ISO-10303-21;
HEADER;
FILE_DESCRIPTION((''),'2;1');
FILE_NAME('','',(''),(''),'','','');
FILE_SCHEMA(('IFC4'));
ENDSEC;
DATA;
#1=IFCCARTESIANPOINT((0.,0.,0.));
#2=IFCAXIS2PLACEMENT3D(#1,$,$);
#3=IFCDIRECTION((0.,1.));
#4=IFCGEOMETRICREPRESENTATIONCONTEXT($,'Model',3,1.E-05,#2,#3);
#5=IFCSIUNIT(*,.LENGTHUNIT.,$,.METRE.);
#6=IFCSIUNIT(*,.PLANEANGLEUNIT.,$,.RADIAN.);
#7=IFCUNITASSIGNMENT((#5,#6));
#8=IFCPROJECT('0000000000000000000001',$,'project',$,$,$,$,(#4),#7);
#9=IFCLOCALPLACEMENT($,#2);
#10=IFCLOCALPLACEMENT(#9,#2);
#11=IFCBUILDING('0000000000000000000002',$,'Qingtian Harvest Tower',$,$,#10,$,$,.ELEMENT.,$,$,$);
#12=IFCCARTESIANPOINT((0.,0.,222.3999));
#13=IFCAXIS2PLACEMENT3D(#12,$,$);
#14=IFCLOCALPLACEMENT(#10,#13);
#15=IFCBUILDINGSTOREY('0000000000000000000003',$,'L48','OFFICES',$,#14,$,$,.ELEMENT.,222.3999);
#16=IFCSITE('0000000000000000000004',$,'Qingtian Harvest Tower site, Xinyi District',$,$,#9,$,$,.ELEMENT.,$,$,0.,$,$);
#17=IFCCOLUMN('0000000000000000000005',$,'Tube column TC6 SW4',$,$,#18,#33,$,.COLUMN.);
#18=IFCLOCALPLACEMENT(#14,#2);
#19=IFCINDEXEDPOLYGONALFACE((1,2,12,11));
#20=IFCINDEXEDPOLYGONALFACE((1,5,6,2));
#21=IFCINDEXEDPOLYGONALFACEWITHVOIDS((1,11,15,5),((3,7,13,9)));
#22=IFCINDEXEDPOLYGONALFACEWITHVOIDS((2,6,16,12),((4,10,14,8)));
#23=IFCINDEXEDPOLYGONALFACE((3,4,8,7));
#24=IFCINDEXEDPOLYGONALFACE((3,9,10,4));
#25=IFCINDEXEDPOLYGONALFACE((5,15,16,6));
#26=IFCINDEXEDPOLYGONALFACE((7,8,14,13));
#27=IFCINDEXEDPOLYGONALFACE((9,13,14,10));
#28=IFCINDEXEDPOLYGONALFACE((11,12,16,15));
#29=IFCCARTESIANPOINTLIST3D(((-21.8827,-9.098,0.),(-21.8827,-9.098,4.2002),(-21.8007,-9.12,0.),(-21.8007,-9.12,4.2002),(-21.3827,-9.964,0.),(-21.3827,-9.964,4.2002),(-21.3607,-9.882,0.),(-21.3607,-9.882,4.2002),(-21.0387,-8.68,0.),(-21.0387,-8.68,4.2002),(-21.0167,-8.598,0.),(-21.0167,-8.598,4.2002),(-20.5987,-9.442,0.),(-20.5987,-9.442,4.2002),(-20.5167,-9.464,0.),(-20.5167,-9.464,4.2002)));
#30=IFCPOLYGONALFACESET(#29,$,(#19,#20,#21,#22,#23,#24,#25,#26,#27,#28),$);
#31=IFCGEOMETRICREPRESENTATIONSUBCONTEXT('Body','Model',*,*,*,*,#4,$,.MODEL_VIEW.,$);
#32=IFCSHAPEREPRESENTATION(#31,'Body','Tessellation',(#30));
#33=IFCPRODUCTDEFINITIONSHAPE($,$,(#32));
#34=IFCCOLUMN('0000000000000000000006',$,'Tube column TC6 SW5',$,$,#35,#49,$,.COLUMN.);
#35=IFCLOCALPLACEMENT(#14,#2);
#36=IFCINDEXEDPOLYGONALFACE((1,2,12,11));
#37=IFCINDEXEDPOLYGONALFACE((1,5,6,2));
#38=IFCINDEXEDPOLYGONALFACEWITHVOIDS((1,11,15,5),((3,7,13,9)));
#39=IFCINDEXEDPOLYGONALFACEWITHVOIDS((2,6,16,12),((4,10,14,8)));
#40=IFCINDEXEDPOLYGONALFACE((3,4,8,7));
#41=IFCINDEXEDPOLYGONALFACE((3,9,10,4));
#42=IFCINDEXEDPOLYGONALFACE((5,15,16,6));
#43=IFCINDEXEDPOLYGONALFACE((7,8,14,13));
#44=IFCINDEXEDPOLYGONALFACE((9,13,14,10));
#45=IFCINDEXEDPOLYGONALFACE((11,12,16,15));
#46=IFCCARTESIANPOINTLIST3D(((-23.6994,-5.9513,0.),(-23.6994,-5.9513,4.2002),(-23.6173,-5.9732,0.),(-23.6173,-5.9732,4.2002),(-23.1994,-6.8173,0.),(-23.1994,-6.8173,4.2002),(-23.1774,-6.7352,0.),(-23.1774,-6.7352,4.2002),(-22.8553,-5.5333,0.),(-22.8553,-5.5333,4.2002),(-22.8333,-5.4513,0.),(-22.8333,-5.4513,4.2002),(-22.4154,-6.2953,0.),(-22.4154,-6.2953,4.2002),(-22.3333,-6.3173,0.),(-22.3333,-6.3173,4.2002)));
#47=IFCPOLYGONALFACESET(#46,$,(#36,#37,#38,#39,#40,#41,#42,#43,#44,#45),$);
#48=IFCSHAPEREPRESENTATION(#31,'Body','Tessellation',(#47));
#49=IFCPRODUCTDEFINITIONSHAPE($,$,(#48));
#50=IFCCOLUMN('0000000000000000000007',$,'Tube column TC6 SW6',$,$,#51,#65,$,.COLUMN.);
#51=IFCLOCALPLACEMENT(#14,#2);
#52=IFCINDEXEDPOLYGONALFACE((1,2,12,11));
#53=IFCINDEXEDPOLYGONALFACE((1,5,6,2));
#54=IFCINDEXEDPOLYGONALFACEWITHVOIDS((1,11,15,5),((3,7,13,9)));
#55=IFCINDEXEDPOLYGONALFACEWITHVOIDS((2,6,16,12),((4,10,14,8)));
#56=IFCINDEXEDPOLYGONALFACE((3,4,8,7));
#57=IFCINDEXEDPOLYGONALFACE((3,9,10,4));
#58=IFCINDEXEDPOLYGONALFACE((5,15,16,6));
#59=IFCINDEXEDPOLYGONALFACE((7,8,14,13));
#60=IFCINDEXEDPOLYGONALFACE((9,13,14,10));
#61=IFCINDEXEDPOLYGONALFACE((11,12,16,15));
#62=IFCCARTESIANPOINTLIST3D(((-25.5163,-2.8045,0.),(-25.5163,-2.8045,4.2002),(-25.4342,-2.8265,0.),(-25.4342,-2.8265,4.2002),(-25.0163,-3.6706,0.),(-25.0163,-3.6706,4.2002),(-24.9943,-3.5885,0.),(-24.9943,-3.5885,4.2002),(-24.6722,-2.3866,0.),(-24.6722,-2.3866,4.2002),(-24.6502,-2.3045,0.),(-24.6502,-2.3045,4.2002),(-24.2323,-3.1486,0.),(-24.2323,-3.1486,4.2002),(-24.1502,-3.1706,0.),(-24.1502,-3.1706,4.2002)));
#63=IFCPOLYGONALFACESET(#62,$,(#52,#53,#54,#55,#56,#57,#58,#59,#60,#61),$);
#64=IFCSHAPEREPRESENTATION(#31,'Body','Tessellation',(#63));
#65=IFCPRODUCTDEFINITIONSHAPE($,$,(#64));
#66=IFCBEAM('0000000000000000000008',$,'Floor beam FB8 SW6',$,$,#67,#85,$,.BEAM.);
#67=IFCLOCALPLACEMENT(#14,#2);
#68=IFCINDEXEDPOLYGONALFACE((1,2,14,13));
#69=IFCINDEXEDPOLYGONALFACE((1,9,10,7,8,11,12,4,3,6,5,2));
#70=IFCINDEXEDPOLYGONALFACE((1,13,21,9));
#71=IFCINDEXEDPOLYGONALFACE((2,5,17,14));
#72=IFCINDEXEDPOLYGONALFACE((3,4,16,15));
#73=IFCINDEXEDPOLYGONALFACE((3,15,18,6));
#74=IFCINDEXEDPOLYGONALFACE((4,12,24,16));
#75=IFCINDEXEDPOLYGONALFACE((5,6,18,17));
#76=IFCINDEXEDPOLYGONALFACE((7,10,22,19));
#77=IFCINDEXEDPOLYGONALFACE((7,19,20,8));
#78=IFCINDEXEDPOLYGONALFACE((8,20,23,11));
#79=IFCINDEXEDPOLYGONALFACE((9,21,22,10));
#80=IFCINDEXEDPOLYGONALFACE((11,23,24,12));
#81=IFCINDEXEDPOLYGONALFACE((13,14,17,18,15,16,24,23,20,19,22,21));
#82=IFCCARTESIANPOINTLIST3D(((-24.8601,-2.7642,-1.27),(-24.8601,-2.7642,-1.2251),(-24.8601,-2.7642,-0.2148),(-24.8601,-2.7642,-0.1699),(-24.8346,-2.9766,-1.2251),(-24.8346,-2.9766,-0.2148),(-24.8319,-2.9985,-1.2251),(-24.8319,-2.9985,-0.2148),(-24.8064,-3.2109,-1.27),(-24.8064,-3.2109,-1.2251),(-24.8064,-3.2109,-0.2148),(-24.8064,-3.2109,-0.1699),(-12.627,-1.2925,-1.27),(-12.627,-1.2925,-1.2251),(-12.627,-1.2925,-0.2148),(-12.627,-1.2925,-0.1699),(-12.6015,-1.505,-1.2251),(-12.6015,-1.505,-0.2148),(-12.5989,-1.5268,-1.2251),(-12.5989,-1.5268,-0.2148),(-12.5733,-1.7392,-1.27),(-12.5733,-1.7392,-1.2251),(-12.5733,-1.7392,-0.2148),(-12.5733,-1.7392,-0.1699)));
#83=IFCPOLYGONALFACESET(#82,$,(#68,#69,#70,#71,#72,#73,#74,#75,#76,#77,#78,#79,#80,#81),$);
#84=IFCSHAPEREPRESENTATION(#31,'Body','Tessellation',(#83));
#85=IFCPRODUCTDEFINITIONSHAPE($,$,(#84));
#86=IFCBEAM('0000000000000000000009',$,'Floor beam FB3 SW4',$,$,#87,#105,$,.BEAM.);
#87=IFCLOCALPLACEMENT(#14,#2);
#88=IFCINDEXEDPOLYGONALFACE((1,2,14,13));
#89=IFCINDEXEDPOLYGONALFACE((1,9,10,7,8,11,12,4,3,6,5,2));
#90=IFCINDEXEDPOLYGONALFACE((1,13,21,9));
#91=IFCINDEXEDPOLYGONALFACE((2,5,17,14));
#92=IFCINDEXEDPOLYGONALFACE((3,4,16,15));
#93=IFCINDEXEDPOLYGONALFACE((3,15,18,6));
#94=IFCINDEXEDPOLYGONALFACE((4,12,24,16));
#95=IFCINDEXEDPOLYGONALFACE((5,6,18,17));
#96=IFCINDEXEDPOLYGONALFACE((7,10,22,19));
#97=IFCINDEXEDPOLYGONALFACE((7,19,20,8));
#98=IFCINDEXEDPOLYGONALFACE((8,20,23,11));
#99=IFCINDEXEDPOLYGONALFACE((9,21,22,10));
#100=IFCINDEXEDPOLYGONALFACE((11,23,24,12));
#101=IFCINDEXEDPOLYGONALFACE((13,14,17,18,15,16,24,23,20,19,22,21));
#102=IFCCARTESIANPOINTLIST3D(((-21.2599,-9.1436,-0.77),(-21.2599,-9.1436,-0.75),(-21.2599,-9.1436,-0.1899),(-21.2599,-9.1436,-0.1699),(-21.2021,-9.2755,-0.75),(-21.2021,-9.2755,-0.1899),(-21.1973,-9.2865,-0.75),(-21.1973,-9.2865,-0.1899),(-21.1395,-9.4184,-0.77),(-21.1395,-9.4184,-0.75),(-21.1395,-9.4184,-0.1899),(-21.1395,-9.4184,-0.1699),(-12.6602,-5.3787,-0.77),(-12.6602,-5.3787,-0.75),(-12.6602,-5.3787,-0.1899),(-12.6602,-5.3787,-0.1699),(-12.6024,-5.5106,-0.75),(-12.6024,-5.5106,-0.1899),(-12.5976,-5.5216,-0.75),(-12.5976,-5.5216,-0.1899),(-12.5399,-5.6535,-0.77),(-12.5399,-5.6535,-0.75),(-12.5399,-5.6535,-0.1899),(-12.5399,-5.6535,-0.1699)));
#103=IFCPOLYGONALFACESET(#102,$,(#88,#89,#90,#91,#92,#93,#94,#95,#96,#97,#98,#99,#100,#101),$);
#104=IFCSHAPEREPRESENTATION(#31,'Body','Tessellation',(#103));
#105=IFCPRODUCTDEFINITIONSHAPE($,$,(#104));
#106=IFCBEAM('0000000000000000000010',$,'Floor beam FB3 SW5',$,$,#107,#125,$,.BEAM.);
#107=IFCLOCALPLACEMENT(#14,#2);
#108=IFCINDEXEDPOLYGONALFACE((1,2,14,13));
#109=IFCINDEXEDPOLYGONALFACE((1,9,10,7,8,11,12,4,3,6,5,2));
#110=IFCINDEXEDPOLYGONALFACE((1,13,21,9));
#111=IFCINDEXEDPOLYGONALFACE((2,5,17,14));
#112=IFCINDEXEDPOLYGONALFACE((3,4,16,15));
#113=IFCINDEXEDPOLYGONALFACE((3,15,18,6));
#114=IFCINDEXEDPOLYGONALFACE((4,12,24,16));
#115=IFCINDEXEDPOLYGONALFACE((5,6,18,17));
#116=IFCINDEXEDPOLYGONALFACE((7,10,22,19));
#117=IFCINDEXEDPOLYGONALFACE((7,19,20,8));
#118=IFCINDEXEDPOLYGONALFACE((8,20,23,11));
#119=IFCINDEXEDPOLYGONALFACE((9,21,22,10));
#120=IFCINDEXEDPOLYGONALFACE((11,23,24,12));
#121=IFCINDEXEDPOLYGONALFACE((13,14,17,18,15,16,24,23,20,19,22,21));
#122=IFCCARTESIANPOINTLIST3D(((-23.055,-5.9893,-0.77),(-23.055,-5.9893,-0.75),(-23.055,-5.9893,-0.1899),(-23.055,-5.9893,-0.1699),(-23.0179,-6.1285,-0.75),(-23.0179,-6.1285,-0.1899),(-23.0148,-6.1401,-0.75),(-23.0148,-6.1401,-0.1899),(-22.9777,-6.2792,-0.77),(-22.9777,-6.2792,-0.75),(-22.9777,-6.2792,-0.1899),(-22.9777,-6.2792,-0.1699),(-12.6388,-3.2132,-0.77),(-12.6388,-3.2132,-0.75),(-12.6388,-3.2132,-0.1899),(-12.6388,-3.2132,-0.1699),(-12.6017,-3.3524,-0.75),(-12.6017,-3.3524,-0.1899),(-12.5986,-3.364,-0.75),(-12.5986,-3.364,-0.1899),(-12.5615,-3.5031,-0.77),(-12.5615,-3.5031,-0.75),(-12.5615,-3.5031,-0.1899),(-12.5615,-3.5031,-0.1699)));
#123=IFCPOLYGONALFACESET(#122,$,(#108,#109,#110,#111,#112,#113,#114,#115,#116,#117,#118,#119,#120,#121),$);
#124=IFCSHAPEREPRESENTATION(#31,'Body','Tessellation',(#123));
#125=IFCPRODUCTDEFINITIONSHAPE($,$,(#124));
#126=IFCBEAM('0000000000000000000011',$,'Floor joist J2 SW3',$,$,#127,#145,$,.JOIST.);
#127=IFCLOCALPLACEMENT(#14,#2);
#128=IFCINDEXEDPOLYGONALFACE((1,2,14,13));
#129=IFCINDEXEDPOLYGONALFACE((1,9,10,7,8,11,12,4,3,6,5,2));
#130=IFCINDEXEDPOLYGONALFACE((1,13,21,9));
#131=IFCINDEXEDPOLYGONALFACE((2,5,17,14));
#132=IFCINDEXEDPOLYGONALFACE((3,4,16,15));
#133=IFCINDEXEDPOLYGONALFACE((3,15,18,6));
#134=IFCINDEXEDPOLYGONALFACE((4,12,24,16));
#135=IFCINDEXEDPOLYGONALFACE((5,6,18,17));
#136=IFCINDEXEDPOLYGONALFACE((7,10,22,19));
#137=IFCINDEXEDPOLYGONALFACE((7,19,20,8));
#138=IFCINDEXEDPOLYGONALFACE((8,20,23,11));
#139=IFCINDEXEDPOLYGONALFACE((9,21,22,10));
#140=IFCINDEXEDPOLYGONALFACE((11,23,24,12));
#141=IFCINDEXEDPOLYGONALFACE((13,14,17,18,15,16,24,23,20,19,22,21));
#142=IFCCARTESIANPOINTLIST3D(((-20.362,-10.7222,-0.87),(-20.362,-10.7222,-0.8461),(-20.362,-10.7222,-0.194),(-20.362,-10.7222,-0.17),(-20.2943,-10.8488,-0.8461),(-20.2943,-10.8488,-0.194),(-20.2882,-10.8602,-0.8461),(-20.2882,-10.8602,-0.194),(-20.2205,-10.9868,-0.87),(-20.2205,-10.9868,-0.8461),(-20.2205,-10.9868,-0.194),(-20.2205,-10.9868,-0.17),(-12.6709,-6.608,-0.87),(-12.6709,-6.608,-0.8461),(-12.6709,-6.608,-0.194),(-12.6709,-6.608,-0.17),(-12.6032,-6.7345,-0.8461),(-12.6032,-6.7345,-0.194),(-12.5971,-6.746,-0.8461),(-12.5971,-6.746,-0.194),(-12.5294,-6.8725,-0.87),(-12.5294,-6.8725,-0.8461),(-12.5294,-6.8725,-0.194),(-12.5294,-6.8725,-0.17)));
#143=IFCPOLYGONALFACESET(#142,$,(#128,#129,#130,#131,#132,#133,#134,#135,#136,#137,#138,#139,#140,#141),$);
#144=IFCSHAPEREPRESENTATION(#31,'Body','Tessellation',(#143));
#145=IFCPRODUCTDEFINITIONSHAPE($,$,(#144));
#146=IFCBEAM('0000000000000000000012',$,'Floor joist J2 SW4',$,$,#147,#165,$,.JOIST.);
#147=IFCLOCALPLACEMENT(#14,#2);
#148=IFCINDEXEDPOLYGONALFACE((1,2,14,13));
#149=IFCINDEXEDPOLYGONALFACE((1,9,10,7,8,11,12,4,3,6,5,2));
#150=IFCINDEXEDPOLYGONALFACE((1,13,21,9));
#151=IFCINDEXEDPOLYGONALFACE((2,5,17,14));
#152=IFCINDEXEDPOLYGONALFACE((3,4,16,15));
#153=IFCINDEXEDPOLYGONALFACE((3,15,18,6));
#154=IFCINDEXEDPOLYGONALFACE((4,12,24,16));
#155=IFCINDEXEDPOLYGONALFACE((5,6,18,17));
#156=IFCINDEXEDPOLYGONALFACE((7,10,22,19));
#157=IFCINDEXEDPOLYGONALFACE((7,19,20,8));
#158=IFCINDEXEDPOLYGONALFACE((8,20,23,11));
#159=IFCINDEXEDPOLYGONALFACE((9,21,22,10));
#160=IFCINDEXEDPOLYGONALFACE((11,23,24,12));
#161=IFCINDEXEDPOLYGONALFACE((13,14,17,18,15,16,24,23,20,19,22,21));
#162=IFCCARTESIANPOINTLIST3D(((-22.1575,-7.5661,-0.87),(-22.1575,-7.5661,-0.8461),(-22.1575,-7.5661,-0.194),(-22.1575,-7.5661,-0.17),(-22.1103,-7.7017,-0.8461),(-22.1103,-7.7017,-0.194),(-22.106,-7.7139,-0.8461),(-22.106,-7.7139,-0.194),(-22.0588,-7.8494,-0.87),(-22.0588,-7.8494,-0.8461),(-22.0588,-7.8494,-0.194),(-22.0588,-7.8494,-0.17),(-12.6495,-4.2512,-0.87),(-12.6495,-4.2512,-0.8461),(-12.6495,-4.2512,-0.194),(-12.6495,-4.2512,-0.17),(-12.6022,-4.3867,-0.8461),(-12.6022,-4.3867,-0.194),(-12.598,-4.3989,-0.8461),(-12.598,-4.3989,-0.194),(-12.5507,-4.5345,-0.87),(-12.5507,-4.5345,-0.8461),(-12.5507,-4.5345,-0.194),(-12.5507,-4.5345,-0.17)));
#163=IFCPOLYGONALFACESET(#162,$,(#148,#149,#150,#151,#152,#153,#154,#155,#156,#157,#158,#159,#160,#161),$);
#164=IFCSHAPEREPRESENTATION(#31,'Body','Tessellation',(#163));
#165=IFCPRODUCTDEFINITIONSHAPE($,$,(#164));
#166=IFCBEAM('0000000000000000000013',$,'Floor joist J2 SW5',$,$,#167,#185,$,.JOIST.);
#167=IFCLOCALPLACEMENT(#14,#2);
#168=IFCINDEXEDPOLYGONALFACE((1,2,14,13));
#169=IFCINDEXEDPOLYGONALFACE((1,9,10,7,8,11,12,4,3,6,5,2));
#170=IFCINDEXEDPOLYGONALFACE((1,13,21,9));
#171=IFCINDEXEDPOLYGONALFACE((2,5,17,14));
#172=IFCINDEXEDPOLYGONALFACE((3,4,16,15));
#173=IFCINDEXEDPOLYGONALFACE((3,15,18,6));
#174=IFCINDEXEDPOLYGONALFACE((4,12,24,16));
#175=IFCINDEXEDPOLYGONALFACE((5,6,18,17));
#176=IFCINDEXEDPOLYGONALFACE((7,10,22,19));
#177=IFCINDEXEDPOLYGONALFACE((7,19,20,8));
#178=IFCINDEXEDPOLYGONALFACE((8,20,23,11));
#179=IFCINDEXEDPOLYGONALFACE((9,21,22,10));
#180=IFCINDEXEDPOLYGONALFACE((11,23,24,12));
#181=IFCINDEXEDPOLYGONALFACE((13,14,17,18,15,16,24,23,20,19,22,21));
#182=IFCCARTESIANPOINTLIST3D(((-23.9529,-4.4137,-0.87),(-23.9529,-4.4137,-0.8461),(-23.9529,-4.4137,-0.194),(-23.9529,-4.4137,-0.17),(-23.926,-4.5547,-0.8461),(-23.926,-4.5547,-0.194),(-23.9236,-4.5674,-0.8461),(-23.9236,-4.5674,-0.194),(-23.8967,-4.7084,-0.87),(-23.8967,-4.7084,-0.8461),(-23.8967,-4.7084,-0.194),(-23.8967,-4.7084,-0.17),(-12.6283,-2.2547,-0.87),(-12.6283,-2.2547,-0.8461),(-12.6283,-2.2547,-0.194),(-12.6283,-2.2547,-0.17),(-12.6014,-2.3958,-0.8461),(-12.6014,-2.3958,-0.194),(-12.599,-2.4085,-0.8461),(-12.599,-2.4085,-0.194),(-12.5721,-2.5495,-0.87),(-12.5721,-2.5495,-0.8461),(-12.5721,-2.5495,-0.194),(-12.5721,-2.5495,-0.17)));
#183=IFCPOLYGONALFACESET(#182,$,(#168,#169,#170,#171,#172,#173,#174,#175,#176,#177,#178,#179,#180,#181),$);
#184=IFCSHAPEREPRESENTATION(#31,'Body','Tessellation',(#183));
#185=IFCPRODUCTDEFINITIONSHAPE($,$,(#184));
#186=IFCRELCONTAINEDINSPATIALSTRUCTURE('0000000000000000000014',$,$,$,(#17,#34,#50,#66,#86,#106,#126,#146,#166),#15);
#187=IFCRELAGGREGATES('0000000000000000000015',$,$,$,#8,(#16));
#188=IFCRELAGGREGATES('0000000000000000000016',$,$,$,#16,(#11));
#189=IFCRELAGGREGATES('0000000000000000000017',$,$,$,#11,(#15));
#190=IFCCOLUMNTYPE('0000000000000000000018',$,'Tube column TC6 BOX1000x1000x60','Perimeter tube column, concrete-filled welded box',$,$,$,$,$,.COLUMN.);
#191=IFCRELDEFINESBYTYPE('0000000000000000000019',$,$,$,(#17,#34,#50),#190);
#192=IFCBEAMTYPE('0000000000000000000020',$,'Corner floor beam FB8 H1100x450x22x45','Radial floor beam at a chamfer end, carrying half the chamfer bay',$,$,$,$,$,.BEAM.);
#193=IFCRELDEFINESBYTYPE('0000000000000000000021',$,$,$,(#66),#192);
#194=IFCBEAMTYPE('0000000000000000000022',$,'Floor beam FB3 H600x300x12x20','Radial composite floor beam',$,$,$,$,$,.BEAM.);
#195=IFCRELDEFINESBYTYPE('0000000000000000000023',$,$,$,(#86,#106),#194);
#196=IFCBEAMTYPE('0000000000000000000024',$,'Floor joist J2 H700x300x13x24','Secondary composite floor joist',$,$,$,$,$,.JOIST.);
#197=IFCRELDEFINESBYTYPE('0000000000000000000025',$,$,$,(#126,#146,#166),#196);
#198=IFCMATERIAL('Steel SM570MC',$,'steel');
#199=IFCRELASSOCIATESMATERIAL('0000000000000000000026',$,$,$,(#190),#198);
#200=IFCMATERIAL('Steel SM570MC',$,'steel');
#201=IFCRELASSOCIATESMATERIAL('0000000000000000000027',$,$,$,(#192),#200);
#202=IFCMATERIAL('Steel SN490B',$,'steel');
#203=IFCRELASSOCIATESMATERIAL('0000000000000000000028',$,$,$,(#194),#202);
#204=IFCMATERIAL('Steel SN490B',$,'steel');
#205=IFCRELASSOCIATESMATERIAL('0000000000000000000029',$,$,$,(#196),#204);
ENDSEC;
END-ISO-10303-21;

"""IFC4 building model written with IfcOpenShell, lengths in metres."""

from ifc_helpers import new_model, si_unit, direction, frame, origin, origin_2d, place, context, subcontext, project, spatial, hollow_rectangle, i_section, extrude, material, material_profile, profile_set, type_object, element, save


model = new_model("IFC4")

# Units and contexts
model_context = context("Model", 3, precision=1e-05, world=origin(), true_north=direction((0.0, 1.0)))
body_context = subcontext(model_context, "Body", "Model", "MODEL_VIEW")
ifc_project = project(units=[si_unit("LENGTHUNIT", "METRE"), si_unit("PLANEANGLEUNIT", "RADIAN")], contexts=[model_context])

# Site, building, storey
site_placement = place(None, origin())
site = spatial("IfcSite", under=ifc_project, at=site_placement, Name="Qingtian Harvest Tower site, Xinyi District", CompositionType="ELEMENT", RefElevation=0.0)
building_placement = place(site_placement, origin())
building = spatial("IfcBuilding", under=site, at=building_placement, Name="Qingtian Harvest Tower", CompositionType="ELEMENT")
storey_placement = place(building_placement, frame((0.0, 0.0, 222.3999)))
storey = spatial("IfcBuildingStorey", under=building, at=storey_placement, Name="L48", Description="OFFICES", CompositionType="ELEMENT", Elevation=222.3999)

# Columns
ifc_material_1 = material(Name="Steel SM570MC", Category="steel")
ifc_material_profile_1 = material_profile(ifc_material_1, hollow_rectangle(XDim=1.0, YDim=1.0, WallThickness=0.0601, at=origin_2d()), Name="BOX1000x1000x60")
ifc_profile_set_1 = profile_set([ifc_material_profile_1], Name="Steel SM570MC")
column_type = type_object("IfcColumnType", Name="Tube column TC6 BOX1000x1000x60", Description="Perimeter tube column, concrete-filled welded box", PredefinedType="COLUMN", material=ifc_profile_set_1)
for number, where, z_axis, x_axis, name in (
    (1, (-21.1997, -9.281, 0.0), (0.0, 0.0, 1.0), (0.5, -0.866025, 0.0), "Tube column TC6 SW4"),
    (2, (-23.0164, -6.1343, 0.0), (0.0, 0.0, 1.0), (0.5, -0.866025, 0.0), "Tube column TC6 SW5"),
    (3, (-24.8333, -2.9875, 0.0), (0.0, 0.0, 1.0), (0.5, -0.866025, 0.0), "Tube column TC6 SW6"),
):
    element("IfcColumn", number, at=place(storey_placement, frame(where, z_axis=z_axis, x_axis=x_axis)), inside=storey, type_object=column_type, Name=name, PredefinedType="COLUMN", context=body_context, shape_type="SweptSolid", body=[
        extrude(hollow_rectangle(XDim=1.0, YDim=1.0, WallThickness=0.0601, at=origin_2d()), origin(), (0.0, 0.0, 1.0), 4.2002),
    ])

# Beams
ifc_material_2 = material(Name="Steel SM570MC", Category="steel")
ifc_material_profile_2 = material_profile(ifc_material_2, i_section(OverallWidth=0.45, OverallDepth=1.1001, WebThickness=0.022, FlangeThickness=0.0449, at=origin_2d()), Name="H1100x450x22x45")
ifc_profile_set_2 = profile_set([ifc_material_profile_2], Name="Steel SM570MC")
beam_type_1 = type_object("IfcBeamType", Name="Corner floor beam FB8 H1100x450x22x45", Description="Radial floor beam at a chamfer end, carrying half the chamfer bay", PredefinedType="BEAM", material=ifc_profile_set_2)
beam_1_placement = place(storey_placement, frame((-24.8333, -2.9875, -0.72), z_axis=(0.992841, 0.119441, 0.0), x_axis=(-0.119441, 0.992841, 0.0)))
element("IfcBeam", 4, at=beam_1_placement, inside=storey, type_object=beam_type_1, Name="Floor beam FB8 SW6", PredefinedType="BEAM", context=body_context, shape_type="SweptSolid", body=[
    extrude(i_section(OverallWidth=0.45, OverallDepth=1.1001, WebThickness=0.022, FlangeThickness=0.0449, at=origin_2d()), origin(), (0.0, 0.0, 1.0), 12.3213),
])
ifc_material_3 = material(Name="Steel SN490B", Category="steel")
ifc_material_profile_3 = material_profile(ifc_material_3, i_section(OverallWidth=0.3, OverallDepth=0.6001, WebThickness=0.012, FlangeThickness=0.02, at=origin_2d()), Name="H600x300x12x20")
ifc_profile_set_3 = profile_set([ifc_material_profile_3], Name="Steel SN490B")
beam_type_2 = type_object("IfcBeamType", Name="Floor beam FB3 H600x300x12x20", Description="Radial composite floor beam", PredefinedType="BEAM", material=ifc_profile_set_3)
beam_2_placement = place(storey_placement, frame((-21.1997, -9.281, -0.47), z_axis=(0.916057, 0.401048, 0.0), x_axis=(-0.401048, 0.916057, 0.0)))
element("IfcBeam", 5, at=beam_2_placement, inside=storey, type_object=beam_type_2, Name="Floor beam FB3 SW4", PredefinedType="BEAM", context=body_context, shape_type="SweptSolid", body=[
    extrude(i_section(OverallWidth=0.3, OverallDepth=0.6001, WebThickness=0.012, FlangeThickness=0.02, at=origin_2d()), origin(), (0.0, 0.0, 1.0), 9.3877),
])
beam_3_placement = place(storey_placement, frame((-23.0164, -6.1343, -0.47), z_axis=(0.966271, 0.257529, 0.0), x_axis=(-0.257529, 0.966271, 0.0)))
element("IfcBeam", 6, at=beam_3_placement, inside=storey, type_object=beam_type_2, Name="Floor beam FB3 SW5", PredefinedType="BEAM", context=body_context, shape_type="SweptSolid", body=[
    extrude(i_section(OverallWidth=0.3, OverallDepth=0.6001, WebThickness=0.012, FlangeThickness=0.02, at=origin_2d()), origin(), (0.0, 0.0, 1.0), 10.7798),
])
ifc_material_4 = material(Name="Steel SN490B", Category="steel")
ifc_material_profile_4 = material_profile(ifc_material_4, i_section(OverallWidth=0.3, OverallDepth=0.7, WebThickness=0.0129, FlangeThickness=0.0239, at=origin_2d()), Name="H700x300x13x24")
ifc_profile_set_4 = profile_set([ifc_material_profile_4], Name="Steel SN490B")
beam_type_3 = type_object("IfcBeamType", Name="Floor joist J2 H700x300x13x24", Description="Secondary composite floor joist", PredefinedType="JOIST", material=ifc_profile_set_4)
beam_4_placement = place(storey_placement, frame((-20.2913, -10.8545, -0.52), z_axis=(0.881767, 0.471686, 0.0), x_axis=(-0.471686, 0.881767, 0.0)))
element("IfcBeam", 7, at=beam_4_placement, inside=storey, type_object=beam_type_3, Name="Floor joist J2 SW3", PredefinedType="JOIST", context=body_context, shape_type="SweptSolid", body=[
    extrude(i_section(OverallWidth=0.3, OverallDepth=0.7, WebThickness=0.0129, FlangeThickness=0.0239, at=origin_2d()), origin(), (0.0, 0.0, 1.0), 8.7224),
])
beam_5_placement = place(storey_placement, frame((-22.1082, -7.7078, -0.52), z_axis=(0.944256, 0.329211, 0.0), x_axis=(-0.329211, 0.944256, 0.0)))
element("IfcBeam", 8, at=beam_5_placement, inside=storey, type_object=beam_type_3, Name="Floor joist J2 SW4", PredefinedType="JOIST", context=body_context, shape_type="SweptSolid", body=[
    extrude(i_section(OverallWidth=0.3, OverallDepth=0.7, WebThickness=0.0129, FlangeThickness=0.0239, at=origin_2d()), origin(), (0.0, 0.0, 1.0), 10.0693),
])
beam_6_placement = place(storey_placement, frame((-23.9248, -4.561, -0.52), z_axis=(0.982309, 0.187267, 0.0), x_axis=(-0.187267, 0.982309, 0.0)))
element("IfcBeam", 9, at=beam_6_placement, inside=storey, type_object=beam_type_3, Name="Floor joist J2 SW5", PredefinedType="JOIST", context=body_context, shape_type="SweptSolid", body=[
    extrude(i_section(OverallWidth=0.3, OverallDepth=0.7, WebThickness=0.0129, FlangeThickness=0.0239, at=origin_2d()), origin(), (0.0, 0.0, 1.0), 11.5286),
])

save(model, "model.ifc")
